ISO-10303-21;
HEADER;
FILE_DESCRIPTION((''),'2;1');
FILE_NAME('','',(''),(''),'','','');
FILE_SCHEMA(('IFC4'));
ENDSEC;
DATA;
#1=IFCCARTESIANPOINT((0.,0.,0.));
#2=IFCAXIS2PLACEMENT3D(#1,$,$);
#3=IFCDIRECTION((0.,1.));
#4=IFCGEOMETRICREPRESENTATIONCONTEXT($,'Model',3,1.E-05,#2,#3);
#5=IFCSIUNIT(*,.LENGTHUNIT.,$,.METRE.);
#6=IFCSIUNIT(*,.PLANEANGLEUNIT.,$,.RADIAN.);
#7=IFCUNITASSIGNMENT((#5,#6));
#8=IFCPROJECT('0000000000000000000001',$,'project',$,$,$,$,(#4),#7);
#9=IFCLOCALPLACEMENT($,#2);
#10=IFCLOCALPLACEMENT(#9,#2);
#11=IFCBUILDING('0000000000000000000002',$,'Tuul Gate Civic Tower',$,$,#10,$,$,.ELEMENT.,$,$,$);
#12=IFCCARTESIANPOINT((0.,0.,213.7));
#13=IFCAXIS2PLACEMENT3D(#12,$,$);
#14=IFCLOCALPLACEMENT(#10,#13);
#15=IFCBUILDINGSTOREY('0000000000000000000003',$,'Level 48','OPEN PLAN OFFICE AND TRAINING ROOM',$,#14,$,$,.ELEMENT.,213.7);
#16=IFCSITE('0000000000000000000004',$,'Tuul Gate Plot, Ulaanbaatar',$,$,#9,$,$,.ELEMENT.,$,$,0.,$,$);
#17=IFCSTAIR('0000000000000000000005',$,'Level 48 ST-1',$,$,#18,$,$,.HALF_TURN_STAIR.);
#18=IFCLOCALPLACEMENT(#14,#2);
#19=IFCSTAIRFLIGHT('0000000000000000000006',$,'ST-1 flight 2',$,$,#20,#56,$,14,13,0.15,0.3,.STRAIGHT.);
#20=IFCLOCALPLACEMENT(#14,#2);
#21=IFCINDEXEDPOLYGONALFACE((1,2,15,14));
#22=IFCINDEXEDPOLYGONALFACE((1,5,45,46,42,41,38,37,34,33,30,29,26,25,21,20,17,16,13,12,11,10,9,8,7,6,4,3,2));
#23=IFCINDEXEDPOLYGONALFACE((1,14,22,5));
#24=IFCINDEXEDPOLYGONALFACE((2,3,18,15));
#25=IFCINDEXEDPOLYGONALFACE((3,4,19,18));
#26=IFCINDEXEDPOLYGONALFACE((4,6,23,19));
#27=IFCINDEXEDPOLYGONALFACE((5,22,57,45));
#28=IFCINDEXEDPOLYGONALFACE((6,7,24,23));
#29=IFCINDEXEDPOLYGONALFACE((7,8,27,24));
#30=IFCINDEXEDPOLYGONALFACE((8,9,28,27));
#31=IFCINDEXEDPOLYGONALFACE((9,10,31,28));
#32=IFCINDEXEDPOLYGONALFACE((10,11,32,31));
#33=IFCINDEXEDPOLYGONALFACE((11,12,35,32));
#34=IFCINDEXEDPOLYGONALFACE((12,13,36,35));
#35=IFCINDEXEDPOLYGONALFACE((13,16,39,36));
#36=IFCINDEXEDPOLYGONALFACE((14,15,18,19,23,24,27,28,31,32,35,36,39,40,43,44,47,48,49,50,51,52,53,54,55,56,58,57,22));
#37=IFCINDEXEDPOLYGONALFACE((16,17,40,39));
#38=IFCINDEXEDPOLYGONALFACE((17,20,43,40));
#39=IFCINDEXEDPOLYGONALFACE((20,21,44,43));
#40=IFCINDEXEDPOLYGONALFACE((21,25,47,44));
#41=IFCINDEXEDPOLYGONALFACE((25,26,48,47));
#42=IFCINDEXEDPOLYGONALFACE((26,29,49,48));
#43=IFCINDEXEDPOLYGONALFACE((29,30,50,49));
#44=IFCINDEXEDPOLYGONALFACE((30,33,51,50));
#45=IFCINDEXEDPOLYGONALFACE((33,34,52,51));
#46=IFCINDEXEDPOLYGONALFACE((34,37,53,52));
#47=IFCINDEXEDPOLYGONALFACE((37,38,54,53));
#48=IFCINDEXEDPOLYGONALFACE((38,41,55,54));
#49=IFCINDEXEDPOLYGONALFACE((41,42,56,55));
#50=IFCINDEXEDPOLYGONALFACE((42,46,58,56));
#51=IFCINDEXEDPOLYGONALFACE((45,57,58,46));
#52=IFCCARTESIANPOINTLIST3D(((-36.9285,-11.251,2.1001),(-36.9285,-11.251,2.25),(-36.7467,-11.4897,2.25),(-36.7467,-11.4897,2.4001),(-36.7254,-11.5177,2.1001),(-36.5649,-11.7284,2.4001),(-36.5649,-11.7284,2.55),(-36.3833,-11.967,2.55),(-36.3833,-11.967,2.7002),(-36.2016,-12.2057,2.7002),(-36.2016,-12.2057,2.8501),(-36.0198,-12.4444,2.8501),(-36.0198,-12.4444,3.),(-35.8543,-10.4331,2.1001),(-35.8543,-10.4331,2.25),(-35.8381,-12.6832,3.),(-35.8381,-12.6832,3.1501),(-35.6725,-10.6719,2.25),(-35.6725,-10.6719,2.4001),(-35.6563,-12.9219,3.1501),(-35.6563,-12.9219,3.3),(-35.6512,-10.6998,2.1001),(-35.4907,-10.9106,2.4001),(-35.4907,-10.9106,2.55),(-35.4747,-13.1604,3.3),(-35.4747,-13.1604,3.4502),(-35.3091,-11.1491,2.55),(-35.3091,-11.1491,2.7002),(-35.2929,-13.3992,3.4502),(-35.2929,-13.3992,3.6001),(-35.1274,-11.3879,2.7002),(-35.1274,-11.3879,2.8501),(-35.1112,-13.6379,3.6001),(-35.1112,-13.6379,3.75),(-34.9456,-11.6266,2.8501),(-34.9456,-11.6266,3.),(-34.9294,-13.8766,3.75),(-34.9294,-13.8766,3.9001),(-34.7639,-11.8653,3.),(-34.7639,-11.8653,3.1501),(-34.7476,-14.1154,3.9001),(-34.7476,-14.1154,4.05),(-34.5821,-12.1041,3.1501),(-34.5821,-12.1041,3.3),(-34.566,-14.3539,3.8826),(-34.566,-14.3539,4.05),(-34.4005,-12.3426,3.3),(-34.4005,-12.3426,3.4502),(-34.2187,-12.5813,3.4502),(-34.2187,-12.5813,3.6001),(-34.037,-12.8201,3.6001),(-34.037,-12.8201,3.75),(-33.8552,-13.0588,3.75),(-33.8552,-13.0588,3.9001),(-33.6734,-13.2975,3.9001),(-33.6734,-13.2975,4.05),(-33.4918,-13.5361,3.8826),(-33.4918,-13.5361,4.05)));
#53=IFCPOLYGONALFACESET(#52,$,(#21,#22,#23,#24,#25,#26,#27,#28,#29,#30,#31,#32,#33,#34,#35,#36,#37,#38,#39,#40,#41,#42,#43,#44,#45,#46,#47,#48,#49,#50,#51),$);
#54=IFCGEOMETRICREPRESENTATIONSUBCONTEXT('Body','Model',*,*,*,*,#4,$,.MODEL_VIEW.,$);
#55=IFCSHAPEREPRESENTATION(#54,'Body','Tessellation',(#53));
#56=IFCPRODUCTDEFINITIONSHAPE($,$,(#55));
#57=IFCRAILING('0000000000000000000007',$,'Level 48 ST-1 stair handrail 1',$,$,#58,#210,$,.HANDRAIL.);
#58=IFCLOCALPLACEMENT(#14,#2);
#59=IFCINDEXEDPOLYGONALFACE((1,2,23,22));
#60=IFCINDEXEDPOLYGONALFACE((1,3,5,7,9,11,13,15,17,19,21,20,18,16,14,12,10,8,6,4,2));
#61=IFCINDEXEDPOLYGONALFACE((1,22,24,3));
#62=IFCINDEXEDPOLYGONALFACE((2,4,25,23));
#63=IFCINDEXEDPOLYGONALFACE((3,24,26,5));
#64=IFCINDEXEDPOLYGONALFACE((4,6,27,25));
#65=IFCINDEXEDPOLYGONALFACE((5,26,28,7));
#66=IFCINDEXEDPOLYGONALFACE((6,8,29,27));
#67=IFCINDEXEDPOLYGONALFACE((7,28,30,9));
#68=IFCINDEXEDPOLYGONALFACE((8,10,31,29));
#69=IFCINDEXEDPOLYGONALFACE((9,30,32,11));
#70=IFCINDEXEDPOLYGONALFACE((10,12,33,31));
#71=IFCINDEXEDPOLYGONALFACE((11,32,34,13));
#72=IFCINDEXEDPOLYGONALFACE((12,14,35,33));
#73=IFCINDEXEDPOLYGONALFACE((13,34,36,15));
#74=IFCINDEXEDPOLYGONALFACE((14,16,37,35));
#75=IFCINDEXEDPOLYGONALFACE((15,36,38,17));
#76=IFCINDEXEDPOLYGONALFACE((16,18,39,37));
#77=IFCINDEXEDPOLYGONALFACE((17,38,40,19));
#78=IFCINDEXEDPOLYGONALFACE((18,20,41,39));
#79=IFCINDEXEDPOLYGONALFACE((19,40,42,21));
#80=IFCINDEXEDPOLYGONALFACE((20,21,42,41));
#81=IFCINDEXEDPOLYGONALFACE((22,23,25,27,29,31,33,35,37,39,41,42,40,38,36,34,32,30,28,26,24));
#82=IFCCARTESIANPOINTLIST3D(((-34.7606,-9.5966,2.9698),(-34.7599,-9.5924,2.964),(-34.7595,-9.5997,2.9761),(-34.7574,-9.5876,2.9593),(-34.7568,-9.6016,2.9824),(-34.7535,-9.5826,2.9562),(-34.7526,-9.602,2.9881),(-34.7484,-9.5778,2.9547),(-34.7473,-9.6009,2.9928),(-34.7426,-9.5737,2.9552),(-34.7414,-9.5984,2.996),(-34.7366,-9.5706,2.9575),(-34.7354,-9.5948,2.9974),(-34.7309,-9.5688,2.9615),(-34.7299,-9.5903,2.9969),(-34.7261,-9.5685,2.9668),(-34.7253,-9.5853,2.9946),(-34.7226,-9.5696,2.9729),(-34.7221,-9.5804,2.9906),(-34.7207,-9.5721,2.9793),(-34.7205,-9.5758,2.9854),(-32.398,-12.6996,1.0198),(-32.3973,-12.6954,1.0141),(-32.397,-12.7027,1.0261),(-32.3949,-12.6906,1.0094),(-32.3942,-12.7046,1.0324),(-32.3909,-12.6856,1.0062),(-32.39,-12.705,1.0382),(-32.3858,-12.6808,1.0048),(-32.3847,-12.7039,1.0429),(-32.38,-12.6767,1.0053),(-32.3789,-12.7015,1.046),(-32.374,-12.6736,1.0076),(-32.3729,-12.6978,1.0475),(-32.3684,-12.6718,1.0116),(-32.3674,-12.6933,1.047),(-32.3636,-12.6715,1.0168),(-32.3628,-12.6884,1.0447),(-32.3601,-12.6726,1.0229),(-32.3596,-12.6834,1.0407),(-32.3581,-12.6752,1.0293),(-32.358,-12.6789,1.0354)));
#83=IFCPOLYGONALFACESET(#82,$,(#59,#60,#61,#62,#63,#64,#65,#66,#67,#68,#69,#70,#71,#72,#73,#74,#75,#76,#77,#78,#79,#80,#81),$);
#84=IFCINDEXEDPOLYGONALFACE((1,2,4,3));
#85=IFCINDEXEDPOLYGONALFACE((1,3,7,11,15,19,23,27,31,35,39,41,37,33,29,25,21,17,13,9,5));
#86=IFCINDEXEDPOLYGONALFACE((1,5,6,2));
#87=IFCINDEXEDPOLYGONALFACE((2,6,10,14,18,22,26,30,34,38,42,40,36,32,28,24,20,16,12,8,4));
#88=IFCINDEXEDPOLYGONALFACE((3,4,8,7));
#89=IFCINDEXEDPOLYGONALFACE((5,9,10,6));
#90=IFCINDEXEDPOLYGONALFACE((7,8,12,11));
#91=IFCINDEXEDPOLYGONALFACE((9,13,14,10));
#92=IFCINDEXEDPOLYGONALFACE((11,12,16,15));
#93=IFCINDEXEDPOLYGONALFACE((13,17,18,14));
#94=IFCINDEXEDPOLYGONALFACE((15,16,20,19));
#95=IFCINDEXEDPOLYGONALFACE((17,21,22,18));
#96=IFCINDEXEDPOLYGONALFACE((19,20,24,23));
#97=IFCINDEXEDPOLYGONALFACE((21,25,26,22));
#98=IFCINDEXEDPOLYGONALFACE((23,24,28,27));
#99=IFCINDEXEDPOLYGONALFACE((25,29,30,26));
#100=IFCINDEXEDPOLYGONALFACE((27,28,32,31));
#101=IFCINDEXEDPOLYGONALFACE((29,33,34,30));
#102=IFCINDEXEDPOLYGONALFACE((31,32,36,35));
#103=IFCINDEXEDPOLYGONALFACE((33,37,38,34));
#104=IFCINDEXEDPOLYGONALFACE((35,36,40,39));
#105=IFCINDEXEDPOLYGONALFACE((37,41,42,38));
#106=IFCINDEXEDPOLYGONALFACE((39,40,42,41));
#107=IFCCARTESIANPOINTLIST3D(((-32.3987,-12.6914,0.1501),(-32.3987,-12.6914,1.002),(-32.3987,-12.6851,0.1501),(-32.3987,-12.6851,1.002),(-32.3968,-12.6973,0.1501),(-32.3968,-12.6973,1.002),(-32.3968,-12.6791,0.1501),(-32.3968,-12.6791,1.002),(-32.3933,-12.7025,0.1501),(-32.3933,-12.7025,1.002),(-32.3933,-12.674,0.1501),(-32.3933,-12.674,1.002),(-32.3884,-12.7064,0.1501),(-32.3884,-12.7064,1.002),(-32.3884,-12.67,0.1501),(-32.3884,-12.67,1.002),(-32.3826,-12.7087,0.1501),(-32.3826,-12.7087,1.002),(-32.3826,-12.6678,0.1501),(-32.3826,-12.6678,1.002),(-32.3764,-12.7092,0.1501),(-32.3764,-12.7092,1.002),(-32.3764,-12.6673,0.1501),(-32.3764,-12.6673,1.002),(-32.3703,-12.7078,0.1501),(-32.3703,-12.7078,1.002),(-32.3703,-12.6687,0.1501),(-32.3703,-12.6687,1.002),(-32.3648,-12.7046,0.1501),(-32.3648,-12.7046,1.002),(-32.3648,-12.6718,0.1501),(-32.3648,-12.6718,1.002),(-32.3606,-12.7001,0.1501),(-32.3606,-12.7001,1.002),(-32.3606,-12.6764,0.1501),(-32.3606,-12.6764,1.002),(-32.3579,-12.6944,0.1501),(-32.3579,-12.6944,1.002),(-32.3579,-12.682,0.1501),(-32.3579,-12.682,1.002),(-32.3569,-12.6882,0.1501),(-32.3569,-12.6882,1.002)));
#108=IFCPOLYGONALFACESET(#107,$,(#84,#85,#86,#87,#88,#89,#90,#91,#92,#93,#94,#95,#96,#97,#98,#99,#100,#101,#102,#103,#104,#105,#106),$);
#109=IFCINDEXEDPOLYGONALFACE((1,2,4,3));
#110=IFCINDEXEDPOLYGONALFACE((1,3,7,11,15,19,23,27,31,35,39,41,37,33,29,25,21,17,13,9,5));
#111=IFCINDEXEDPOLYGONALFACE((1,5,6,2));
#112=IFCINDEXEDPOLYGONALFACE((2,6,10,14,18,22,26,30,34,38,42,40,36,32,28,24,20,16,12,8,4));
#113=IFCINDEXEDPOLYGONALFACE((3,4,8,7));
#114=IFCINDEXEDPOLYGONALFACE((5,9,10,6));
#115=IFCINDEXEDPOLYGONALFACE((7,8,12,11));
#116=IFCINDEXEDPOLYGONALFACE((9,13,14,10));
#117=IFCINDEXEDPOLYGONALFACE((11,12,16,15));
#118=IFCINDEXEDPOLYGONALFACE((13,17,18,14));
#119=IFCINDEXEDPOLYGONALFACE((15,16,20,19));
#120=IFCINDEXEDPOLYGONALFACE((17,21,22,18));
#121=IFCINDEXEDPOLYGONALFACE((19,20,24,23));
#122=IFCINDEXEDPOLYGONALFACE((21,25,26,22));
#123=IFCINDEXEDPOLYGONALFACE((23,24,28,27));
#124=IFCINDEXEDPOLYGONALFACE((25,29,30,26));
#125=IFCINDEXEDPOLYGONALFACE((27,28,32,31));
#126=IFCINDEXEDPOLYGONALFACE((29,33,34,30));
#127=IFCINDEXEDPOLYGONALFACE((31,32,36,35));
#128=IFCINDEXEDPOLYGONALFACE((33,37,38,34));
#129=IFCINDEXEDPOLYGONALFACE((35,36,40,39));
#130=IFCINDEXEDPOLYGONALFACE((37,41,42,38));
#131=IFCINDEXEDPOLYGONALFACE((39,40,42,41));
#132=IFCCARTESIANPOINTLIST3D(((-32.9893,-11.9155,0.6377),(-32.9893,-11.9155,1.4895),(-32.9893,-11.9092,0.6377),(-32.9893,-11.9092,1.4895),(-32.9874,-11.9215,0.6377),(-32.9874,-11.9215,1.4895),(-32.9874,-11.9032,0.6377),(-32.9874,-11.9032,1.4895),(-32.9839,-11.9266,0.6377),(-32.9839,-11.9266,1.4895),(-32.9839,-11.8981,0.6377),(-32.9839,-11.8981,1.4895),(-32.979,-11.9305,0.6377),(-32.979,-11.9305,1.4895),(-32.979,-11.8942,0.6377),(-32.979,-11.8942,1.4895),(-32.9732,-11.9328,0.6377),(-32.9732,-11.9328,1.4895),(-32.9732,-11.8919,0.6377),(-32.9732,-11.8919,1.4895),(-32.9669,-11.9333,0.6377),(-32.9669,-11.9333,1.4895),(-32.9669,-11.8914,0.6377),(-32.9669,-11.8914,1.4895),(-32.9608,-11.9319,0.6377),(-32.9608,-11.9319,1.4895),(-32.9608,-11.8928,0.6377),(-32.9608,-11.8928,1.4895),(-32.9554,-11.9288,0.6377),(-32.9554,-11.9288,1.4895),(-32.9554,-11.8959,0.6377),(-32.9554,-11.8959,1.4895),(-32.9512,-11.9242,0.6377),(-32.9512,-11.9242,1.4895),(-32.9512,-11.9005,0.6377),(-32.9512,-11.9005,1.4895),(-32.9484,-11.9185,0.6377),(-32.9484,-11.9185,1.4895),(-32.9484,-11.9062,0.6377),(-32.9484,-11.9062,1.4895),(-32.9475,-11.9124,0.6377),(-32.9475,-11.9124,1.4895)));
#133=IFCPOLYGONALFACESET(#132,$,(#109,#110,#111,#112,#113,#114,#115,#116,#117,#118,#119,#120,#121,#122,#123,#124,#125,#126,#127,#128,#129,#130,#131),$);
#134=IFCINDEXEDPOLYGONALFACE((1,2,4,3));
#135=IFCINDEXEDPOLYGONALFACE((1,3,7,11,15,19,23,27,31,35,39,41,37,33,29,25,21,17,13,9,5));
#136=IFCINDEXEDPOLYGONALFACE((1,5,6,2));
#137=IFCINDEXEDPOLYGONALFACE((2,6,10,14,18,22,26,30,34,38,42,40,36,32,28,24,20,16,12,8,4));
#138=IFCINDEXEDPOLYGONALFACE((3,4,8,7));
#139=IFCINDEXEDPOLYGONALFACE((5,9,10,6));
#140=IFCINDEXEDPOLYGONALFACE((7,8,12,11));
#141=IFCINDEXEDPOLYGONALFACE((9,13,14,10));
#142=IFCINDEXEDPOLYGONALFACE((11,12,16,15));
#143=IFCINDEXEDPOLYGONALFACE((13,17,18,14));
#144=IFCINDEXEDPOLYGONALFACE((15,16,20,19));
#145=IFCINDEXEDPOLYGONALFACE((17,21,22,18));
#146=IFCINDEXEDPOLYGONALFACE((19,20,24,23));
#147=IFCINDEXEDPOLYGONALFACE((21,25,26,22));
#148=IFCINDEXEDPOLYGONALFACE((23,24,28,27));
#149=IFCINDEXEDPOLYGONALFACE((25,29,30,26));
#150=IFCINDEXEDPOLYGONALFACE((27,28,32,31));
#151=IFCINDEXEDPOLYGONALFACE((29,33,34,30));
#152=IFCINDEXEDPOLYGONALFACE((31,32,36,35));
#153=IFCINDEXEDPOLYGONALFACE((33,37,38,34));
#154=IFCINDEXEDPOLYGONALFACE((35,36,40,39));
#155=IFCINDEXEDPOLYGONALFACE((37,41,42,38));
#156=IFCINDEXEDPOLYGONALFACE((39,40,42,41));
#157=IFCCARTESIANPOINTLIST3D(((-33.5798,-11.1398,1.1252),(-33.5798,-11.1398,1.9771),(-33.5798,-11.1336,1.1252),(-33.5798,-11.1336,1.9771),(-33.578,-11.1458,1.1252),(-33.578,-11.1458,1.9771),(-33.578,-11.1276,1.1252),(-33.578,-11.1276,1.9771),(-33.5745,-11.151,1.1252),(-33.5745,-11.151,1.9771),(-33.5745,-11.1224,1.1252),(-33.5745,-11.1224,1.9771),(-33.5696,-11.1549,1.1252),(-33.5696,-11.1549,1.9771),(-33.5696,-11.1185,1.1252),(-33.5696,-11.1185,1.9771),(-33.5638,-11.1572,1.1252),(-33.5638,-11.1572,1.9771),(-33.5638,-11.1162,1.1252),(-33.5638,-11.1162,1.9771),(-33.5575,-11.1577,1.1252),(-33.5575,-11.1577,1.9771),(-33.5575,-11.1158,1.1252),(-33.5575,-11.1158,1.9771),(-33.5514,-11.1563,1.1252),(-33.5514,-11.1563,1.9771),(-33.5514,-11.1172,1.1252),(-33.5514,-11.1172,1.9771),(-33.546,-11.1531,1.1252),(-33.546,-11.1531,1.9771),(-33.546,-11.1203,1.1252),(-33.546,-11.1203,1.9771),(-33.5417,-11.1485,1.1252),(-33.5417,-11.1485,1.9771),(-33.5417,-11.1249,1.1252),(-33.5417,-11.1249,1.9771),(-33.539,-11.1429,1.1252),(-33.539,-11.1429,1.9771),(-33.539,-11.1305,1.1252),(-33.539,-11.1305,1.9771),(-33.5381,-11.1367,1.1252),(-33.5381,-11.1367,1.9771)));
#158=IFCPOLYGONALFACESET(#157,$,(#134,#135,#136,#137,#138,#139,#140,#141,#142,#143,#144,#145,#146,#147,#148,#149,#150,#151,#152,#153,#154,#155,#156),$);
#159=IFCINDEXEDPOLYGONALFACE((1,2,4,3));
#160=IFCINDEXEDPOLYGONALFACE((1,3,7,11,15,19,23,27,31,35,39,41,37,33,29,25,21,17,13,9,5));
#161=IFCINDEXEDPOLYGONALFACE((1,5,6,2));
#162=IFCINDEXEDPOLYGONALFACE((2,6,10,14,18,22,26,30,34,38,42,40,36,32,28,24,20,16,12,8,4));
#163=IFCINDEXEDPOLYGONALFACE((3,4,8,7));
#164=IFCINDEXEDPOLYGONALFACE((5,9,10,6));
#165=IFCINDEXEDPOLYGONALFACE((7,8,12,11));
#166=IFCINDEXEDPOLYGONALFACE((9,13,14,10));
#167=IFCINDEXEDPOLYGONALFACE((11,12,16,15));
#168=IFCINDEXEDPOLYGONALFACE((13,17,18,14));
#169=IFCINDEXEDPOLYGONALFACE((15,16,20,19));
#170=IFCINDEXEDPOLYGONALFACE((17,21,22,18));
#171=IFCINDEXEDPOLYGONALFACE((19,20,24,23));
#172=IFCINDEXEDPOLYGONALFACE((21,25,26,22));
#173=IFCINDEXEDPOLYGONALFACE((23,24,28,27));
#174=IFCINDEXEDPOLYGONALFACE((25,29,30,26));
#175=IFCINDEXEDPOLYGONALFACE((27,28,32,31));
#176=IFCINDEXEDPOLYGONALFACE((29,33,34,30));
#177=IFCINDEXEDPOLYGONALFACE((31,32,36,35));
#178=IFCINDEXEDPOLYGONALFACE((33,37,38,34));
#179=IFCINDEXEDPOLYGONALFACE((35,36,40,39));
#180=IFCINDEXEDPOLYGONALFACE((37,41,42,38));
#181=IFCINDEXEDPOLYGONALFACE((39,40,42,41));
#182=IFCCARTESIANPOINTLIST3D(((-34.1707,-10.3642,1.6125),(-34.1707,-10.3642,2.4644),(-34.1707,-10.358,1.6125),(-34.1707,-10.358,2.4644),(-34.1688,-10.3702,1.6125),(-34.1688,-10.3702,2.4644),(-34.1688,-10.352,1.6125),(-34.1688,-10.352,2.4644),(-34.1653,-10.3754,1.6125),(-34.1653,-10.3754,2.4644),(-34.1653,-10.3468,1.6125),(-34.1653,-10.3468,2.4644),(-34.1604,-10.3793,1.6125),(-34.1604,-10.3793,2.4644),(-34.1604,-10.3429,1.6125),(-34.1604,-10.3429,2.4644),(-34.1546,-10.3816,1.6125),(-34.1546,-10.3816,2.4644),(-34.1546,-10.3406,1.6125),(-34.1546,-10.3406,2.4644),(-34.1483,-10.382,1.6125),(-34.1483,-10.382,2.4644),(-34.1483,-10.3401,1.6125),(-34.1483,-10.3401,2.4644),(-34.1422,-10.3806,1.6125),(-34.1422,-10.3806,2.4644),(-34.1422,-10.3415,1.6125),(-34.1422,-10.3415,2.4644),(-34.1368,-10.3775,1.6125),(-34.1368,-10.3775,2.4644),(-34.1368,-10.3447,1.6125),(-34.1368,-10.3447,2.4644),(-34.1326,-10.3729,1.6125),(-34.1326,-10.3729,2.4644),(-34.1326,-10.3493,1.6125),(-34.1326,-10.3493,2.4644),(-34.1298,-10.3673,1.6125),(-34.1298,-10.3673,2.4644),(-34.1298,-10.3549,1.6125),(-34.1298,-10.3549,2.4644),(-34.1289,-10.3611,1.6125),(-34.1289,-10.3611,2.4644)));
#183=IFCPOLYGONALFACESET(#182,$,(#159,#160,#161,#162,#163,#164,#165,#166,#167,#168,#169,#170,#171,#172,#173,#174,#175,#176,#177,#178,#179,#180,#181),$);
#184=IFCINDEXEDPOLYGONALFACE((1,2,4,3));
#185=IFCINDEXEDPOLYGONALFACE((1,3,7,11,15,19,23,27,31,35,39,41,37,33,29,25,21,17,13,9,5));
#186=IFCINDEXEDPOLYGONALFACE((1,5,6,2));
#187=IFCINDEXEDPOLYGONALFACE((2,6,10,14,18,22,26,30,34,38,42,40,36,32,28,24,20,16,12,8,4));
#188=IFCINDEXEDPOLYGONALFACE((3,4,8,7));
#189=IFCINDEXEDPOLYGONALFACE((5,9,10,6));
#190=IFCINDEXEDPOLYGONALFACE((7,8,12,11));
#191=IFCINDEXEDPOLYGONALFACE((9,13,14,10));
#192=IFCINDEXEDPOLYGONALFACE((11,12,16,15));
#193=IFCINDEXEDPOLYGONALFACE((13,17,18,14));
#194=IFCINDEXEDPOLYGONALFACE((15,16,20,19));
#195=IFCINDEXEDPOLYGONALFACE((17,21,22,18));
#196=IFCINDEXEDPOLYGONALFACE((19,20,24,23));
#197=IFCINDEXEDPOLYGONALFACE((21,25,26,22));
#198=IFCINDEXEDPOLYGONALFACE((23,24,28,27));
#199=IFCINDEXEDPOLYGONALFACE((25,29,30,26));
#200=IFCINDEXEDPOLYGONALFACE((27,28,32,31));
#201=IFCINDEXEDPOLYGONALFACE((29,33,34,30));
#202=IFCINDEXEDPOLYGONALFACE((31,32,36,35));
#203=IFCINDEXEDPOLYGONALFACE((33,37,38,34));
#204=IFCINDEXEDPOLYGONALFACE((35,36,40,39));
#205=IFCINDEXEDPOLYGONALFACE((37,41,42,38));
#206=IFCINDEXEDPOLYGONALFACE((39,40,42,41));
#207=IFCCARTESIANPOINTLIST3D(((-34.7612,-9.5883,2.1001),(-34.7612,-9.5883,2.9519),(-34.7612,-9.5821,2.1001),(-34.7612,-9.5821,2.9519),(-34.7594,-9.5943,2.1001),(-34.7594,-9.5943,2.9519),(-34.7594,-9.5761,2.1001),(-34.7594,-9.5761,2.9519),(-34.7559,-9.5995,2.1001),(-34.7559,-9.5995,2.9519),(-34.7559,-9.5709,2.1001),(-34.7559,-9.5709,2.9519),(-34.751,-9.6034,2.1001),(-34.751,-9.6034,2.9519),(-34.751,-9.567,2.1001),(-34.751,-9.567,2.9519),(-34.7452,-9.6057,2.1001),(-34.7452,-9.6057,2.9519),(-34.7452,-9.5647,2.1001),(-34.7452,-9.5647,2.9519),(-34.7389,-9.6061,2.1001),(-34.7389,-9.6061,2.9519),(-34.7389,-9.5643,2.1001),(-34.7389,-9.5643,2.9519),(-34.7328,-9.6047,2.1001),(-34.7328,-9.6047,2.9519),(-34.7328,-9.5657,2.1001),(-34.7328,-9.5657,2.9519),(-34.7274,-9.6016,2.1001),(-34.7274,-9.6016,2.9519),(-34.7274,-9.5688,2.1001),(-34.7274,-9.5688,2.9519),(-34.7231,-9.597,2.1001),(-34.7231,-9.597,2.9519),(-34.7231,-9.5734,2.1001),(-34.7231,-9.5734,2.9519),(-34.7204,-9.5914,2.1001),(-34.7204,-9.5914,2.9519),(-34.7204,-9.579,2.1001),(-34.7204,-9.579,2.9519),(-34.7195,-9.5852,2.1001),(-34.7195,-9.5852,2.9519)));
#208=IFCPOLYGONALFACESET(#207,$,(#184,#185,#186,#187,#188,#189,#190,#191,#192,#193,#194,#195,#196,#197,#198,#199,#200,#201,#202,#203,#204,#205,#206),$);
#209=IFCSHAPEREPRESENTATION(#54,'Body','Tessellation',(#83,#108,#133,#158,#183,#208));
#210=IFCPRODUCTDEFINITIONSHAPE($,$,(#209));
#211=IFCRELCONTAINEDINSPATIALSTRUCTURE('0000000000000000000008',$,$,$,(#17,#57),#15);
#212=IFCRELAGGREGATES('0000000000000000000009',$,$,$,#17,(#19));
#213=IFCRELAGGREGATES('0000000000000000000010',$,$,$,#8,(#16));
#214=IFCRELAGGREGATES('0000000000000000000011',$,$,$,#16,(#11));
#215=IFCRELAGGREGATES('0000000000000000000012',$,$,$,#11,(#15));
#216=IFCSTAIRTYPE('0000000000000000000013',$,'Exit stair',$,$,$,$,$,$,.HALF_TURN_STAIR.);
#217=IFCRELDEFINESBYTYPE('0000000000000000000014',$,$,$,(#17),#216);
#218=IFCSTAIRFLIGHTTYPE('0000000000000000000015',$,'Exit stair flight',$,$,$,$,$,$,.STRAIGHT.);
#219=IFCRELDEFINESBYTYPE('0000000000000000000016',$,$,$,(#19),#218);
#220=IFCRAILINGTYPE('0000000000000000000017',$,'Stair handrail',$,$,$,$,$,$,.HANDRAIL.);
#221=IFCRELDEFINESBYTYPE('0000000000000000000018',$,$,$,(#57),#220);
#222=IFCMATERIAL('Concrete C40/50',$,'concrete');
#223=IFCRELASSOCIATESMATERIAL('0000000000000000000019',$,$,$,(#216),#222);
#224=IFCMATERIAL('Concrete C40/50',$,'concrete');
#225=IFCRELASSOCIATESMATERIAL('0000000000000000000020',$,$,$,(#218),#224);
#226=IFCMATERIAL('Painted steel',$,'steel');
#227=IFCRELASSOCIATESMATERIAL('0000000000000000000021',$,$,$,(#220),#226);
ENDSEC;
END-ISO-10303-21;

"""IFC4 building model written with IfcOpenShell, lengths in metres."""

from ifc_helpers import new_model, si_unit, direction, frame, origin, origin_2d, place, context, subcontext, project, spatial, polyline, circle, outline, extrude, material, type_object, element, aggregate, save


model = new_model("IFC4")

# Units and contexts
model_context = context("Model", 3, precision=1e-05, world=origin(), true_north=direction((0.0, 1.0)))
body_context = subcontext(model_context, "Body", "Model", "MODEL_VIEW")
ifc_project = project(units=[si_unit("LENGTHUNIT", "METRE"), si_unit("PLANEANGLEUNIT", "RADIAN")], contexts=[model_context])

# Site, building, storey
site_placement = place(None, origin())
site = spatial("IfcSite", under=ifc_project, at=site_placement, Name="Tuul Gate Plot, Ulaanbaatar", CompositionType="ELEMENT", RefElevation=0.0)
building_placement = place(site_placement, origin())
building = spatial("IfcBuilding", under=site, at=building_placement, Name="Tuul Gate Civic Tower", CompositionType="ELEMENT")
storey_placement = place(building_placement, frame((0.0, 0.0, 213.7)))
storey = spatial("IfcBuildingStorey", under=building, at=storey_placement, Name="Level 48", Description="OPEN PLAN OFFICE AND TRAINING ROOM", CompositionType="ELEMENT", Elevation=213.7)

# Stair, stair flight
ifc_material_1 = material(Name="Concrete C40/50", Category="concrete")
stair_type = type_object("IfcStairType", Name="Exit stair", PredefinedType="HALF_TURN_STAIR", material=ifc_material_1)
stair_placement = place(storey_placement, origin())
stair = element("IfcStair", 1, at=stair_placement, inside=storey, type_object=stair_type, Name="Level 48 ST-1", PredefinedType="HALF_TURN_STAIR")
ifc_material_2 = material(Name="Concrete C40/50", Category="concrete")
stair_flight_type = type_object("IfcStairFlightType", Name="Exit stair flight", PredefinedType="STRAIGHT", material=ifc_material_2)
stair_flight_1_placement = place(storey_placement, frame((-36.3914, -10.842, 2.1001), z_axis=(0.0, 0.0, 1.0), x_axis=(0.605764, -0.795644, 0.0)))
stair_flight_1 = element("IfcStairFlight", 2, at=stair_flight_1_placement, type_object=stair_flight_type, Name="ST-1 flight 2", NumberOfRisers=14, NumberOfTreads=13, PredefinedType="STRAIGHT", RiserHeight=0.15, TreadLength=0.3, context=body_context, shape_type="SweptSolid", body=[
    extrude(outline(polyline([(0.0, 0.0), (0.0, 0.1499), (0.3, 0.1499), (0.3, 0.3), (0.6001, 0.3), (0.6001, 0.45), (0.8999, 0.45), (0.8999, 0.6001), (1.2, 0.6001), (1.2, 0.75), (1.5, 0.75), (1.5, 0.8999), (1.8, 0.8999), (1.8, 1.05), (2.1001, 1.05), (2.1001, 1.2), (2.3999, 1.2), (2.3999, 1.3501), (2.7, 1.3501), (2.7, 1.5), (3.0, 1.5), (3.0, 1.6499), (3.3, 1.6499), (3.3, 1.8), (3.6001, 1.8), (3.6001, 1.95), (3.8999, 1.95), (3.8999, 2.1001), (3.8999, 1.7825), (0.3352, 0.0), (0.0, 0.0)])), frame((0.0, 0.675, 0.0), z_axis=(0.0, -1.0, 0.0), x_axis=(1.0, 0.0, 0.0)), (0.0, 0.0, 1.0), 1.3501),
])
aggregate(stair, [stair_flight_1])

# Railing
ifc_material_3 = material(Name="Painted steel", Category="steel")
railing_type_1 = type_object("IfcRailingType", Name="Stair handrail", PredefinedType="HANDRAIL", material=ifc_material_3)
railing_1_placement = place(storey_placement, frame((-32.3779, -12.6882, 0.1501)))
element("IfcRailing", 3, at=railing_1_placement, inside=storey, type_object=railing_type_1, Name="Level 48 ST-1 stair handrail 1", PredefinedType="HANDRAIL", context=body_context, shape_type="SweptSolid", body=[
    extrude(circle(Radius=0.0239, at=origin_2d()), frame((0.0, 0.0, 0.876), z_axis=(-0.541824, 0.711645, 0.4472), x_axis=(-0.795637, -0.605773, 0.0)), (0.0, 0.0, 1.0), 4.3604),
    extrude(circle(Radius=0.021, at=origin_2d()), origin(), (0.0, 0.0, 1.0), 0.8518),
    extrude(circle(Radius=0.021, at=origin_2d()), frame((-0.5906, 0.7759, 0.4875)), (0.0, 0.0, 1.0), 0.8518),
    extrude(circle(Radius=0.021, at=origin_2d()), frame((-1.1812, 1.5515, 0.9751)), (0.0, 0.0, 1.0), 0.8518),
    extrude(circle(Radius=0.021, at=origin_2d()), frame((-1.772, 2.3271, 1.4624)), (0.0, 0.0, 1.0), 0.8518),
    extrude(circle(Radius=0.021, at=origin_2d()), frame((-2.3625, 3.103, 1.95)), (0.0, 0.0, 1.0), 0.8518),
])

save(model, "model.ifc")
